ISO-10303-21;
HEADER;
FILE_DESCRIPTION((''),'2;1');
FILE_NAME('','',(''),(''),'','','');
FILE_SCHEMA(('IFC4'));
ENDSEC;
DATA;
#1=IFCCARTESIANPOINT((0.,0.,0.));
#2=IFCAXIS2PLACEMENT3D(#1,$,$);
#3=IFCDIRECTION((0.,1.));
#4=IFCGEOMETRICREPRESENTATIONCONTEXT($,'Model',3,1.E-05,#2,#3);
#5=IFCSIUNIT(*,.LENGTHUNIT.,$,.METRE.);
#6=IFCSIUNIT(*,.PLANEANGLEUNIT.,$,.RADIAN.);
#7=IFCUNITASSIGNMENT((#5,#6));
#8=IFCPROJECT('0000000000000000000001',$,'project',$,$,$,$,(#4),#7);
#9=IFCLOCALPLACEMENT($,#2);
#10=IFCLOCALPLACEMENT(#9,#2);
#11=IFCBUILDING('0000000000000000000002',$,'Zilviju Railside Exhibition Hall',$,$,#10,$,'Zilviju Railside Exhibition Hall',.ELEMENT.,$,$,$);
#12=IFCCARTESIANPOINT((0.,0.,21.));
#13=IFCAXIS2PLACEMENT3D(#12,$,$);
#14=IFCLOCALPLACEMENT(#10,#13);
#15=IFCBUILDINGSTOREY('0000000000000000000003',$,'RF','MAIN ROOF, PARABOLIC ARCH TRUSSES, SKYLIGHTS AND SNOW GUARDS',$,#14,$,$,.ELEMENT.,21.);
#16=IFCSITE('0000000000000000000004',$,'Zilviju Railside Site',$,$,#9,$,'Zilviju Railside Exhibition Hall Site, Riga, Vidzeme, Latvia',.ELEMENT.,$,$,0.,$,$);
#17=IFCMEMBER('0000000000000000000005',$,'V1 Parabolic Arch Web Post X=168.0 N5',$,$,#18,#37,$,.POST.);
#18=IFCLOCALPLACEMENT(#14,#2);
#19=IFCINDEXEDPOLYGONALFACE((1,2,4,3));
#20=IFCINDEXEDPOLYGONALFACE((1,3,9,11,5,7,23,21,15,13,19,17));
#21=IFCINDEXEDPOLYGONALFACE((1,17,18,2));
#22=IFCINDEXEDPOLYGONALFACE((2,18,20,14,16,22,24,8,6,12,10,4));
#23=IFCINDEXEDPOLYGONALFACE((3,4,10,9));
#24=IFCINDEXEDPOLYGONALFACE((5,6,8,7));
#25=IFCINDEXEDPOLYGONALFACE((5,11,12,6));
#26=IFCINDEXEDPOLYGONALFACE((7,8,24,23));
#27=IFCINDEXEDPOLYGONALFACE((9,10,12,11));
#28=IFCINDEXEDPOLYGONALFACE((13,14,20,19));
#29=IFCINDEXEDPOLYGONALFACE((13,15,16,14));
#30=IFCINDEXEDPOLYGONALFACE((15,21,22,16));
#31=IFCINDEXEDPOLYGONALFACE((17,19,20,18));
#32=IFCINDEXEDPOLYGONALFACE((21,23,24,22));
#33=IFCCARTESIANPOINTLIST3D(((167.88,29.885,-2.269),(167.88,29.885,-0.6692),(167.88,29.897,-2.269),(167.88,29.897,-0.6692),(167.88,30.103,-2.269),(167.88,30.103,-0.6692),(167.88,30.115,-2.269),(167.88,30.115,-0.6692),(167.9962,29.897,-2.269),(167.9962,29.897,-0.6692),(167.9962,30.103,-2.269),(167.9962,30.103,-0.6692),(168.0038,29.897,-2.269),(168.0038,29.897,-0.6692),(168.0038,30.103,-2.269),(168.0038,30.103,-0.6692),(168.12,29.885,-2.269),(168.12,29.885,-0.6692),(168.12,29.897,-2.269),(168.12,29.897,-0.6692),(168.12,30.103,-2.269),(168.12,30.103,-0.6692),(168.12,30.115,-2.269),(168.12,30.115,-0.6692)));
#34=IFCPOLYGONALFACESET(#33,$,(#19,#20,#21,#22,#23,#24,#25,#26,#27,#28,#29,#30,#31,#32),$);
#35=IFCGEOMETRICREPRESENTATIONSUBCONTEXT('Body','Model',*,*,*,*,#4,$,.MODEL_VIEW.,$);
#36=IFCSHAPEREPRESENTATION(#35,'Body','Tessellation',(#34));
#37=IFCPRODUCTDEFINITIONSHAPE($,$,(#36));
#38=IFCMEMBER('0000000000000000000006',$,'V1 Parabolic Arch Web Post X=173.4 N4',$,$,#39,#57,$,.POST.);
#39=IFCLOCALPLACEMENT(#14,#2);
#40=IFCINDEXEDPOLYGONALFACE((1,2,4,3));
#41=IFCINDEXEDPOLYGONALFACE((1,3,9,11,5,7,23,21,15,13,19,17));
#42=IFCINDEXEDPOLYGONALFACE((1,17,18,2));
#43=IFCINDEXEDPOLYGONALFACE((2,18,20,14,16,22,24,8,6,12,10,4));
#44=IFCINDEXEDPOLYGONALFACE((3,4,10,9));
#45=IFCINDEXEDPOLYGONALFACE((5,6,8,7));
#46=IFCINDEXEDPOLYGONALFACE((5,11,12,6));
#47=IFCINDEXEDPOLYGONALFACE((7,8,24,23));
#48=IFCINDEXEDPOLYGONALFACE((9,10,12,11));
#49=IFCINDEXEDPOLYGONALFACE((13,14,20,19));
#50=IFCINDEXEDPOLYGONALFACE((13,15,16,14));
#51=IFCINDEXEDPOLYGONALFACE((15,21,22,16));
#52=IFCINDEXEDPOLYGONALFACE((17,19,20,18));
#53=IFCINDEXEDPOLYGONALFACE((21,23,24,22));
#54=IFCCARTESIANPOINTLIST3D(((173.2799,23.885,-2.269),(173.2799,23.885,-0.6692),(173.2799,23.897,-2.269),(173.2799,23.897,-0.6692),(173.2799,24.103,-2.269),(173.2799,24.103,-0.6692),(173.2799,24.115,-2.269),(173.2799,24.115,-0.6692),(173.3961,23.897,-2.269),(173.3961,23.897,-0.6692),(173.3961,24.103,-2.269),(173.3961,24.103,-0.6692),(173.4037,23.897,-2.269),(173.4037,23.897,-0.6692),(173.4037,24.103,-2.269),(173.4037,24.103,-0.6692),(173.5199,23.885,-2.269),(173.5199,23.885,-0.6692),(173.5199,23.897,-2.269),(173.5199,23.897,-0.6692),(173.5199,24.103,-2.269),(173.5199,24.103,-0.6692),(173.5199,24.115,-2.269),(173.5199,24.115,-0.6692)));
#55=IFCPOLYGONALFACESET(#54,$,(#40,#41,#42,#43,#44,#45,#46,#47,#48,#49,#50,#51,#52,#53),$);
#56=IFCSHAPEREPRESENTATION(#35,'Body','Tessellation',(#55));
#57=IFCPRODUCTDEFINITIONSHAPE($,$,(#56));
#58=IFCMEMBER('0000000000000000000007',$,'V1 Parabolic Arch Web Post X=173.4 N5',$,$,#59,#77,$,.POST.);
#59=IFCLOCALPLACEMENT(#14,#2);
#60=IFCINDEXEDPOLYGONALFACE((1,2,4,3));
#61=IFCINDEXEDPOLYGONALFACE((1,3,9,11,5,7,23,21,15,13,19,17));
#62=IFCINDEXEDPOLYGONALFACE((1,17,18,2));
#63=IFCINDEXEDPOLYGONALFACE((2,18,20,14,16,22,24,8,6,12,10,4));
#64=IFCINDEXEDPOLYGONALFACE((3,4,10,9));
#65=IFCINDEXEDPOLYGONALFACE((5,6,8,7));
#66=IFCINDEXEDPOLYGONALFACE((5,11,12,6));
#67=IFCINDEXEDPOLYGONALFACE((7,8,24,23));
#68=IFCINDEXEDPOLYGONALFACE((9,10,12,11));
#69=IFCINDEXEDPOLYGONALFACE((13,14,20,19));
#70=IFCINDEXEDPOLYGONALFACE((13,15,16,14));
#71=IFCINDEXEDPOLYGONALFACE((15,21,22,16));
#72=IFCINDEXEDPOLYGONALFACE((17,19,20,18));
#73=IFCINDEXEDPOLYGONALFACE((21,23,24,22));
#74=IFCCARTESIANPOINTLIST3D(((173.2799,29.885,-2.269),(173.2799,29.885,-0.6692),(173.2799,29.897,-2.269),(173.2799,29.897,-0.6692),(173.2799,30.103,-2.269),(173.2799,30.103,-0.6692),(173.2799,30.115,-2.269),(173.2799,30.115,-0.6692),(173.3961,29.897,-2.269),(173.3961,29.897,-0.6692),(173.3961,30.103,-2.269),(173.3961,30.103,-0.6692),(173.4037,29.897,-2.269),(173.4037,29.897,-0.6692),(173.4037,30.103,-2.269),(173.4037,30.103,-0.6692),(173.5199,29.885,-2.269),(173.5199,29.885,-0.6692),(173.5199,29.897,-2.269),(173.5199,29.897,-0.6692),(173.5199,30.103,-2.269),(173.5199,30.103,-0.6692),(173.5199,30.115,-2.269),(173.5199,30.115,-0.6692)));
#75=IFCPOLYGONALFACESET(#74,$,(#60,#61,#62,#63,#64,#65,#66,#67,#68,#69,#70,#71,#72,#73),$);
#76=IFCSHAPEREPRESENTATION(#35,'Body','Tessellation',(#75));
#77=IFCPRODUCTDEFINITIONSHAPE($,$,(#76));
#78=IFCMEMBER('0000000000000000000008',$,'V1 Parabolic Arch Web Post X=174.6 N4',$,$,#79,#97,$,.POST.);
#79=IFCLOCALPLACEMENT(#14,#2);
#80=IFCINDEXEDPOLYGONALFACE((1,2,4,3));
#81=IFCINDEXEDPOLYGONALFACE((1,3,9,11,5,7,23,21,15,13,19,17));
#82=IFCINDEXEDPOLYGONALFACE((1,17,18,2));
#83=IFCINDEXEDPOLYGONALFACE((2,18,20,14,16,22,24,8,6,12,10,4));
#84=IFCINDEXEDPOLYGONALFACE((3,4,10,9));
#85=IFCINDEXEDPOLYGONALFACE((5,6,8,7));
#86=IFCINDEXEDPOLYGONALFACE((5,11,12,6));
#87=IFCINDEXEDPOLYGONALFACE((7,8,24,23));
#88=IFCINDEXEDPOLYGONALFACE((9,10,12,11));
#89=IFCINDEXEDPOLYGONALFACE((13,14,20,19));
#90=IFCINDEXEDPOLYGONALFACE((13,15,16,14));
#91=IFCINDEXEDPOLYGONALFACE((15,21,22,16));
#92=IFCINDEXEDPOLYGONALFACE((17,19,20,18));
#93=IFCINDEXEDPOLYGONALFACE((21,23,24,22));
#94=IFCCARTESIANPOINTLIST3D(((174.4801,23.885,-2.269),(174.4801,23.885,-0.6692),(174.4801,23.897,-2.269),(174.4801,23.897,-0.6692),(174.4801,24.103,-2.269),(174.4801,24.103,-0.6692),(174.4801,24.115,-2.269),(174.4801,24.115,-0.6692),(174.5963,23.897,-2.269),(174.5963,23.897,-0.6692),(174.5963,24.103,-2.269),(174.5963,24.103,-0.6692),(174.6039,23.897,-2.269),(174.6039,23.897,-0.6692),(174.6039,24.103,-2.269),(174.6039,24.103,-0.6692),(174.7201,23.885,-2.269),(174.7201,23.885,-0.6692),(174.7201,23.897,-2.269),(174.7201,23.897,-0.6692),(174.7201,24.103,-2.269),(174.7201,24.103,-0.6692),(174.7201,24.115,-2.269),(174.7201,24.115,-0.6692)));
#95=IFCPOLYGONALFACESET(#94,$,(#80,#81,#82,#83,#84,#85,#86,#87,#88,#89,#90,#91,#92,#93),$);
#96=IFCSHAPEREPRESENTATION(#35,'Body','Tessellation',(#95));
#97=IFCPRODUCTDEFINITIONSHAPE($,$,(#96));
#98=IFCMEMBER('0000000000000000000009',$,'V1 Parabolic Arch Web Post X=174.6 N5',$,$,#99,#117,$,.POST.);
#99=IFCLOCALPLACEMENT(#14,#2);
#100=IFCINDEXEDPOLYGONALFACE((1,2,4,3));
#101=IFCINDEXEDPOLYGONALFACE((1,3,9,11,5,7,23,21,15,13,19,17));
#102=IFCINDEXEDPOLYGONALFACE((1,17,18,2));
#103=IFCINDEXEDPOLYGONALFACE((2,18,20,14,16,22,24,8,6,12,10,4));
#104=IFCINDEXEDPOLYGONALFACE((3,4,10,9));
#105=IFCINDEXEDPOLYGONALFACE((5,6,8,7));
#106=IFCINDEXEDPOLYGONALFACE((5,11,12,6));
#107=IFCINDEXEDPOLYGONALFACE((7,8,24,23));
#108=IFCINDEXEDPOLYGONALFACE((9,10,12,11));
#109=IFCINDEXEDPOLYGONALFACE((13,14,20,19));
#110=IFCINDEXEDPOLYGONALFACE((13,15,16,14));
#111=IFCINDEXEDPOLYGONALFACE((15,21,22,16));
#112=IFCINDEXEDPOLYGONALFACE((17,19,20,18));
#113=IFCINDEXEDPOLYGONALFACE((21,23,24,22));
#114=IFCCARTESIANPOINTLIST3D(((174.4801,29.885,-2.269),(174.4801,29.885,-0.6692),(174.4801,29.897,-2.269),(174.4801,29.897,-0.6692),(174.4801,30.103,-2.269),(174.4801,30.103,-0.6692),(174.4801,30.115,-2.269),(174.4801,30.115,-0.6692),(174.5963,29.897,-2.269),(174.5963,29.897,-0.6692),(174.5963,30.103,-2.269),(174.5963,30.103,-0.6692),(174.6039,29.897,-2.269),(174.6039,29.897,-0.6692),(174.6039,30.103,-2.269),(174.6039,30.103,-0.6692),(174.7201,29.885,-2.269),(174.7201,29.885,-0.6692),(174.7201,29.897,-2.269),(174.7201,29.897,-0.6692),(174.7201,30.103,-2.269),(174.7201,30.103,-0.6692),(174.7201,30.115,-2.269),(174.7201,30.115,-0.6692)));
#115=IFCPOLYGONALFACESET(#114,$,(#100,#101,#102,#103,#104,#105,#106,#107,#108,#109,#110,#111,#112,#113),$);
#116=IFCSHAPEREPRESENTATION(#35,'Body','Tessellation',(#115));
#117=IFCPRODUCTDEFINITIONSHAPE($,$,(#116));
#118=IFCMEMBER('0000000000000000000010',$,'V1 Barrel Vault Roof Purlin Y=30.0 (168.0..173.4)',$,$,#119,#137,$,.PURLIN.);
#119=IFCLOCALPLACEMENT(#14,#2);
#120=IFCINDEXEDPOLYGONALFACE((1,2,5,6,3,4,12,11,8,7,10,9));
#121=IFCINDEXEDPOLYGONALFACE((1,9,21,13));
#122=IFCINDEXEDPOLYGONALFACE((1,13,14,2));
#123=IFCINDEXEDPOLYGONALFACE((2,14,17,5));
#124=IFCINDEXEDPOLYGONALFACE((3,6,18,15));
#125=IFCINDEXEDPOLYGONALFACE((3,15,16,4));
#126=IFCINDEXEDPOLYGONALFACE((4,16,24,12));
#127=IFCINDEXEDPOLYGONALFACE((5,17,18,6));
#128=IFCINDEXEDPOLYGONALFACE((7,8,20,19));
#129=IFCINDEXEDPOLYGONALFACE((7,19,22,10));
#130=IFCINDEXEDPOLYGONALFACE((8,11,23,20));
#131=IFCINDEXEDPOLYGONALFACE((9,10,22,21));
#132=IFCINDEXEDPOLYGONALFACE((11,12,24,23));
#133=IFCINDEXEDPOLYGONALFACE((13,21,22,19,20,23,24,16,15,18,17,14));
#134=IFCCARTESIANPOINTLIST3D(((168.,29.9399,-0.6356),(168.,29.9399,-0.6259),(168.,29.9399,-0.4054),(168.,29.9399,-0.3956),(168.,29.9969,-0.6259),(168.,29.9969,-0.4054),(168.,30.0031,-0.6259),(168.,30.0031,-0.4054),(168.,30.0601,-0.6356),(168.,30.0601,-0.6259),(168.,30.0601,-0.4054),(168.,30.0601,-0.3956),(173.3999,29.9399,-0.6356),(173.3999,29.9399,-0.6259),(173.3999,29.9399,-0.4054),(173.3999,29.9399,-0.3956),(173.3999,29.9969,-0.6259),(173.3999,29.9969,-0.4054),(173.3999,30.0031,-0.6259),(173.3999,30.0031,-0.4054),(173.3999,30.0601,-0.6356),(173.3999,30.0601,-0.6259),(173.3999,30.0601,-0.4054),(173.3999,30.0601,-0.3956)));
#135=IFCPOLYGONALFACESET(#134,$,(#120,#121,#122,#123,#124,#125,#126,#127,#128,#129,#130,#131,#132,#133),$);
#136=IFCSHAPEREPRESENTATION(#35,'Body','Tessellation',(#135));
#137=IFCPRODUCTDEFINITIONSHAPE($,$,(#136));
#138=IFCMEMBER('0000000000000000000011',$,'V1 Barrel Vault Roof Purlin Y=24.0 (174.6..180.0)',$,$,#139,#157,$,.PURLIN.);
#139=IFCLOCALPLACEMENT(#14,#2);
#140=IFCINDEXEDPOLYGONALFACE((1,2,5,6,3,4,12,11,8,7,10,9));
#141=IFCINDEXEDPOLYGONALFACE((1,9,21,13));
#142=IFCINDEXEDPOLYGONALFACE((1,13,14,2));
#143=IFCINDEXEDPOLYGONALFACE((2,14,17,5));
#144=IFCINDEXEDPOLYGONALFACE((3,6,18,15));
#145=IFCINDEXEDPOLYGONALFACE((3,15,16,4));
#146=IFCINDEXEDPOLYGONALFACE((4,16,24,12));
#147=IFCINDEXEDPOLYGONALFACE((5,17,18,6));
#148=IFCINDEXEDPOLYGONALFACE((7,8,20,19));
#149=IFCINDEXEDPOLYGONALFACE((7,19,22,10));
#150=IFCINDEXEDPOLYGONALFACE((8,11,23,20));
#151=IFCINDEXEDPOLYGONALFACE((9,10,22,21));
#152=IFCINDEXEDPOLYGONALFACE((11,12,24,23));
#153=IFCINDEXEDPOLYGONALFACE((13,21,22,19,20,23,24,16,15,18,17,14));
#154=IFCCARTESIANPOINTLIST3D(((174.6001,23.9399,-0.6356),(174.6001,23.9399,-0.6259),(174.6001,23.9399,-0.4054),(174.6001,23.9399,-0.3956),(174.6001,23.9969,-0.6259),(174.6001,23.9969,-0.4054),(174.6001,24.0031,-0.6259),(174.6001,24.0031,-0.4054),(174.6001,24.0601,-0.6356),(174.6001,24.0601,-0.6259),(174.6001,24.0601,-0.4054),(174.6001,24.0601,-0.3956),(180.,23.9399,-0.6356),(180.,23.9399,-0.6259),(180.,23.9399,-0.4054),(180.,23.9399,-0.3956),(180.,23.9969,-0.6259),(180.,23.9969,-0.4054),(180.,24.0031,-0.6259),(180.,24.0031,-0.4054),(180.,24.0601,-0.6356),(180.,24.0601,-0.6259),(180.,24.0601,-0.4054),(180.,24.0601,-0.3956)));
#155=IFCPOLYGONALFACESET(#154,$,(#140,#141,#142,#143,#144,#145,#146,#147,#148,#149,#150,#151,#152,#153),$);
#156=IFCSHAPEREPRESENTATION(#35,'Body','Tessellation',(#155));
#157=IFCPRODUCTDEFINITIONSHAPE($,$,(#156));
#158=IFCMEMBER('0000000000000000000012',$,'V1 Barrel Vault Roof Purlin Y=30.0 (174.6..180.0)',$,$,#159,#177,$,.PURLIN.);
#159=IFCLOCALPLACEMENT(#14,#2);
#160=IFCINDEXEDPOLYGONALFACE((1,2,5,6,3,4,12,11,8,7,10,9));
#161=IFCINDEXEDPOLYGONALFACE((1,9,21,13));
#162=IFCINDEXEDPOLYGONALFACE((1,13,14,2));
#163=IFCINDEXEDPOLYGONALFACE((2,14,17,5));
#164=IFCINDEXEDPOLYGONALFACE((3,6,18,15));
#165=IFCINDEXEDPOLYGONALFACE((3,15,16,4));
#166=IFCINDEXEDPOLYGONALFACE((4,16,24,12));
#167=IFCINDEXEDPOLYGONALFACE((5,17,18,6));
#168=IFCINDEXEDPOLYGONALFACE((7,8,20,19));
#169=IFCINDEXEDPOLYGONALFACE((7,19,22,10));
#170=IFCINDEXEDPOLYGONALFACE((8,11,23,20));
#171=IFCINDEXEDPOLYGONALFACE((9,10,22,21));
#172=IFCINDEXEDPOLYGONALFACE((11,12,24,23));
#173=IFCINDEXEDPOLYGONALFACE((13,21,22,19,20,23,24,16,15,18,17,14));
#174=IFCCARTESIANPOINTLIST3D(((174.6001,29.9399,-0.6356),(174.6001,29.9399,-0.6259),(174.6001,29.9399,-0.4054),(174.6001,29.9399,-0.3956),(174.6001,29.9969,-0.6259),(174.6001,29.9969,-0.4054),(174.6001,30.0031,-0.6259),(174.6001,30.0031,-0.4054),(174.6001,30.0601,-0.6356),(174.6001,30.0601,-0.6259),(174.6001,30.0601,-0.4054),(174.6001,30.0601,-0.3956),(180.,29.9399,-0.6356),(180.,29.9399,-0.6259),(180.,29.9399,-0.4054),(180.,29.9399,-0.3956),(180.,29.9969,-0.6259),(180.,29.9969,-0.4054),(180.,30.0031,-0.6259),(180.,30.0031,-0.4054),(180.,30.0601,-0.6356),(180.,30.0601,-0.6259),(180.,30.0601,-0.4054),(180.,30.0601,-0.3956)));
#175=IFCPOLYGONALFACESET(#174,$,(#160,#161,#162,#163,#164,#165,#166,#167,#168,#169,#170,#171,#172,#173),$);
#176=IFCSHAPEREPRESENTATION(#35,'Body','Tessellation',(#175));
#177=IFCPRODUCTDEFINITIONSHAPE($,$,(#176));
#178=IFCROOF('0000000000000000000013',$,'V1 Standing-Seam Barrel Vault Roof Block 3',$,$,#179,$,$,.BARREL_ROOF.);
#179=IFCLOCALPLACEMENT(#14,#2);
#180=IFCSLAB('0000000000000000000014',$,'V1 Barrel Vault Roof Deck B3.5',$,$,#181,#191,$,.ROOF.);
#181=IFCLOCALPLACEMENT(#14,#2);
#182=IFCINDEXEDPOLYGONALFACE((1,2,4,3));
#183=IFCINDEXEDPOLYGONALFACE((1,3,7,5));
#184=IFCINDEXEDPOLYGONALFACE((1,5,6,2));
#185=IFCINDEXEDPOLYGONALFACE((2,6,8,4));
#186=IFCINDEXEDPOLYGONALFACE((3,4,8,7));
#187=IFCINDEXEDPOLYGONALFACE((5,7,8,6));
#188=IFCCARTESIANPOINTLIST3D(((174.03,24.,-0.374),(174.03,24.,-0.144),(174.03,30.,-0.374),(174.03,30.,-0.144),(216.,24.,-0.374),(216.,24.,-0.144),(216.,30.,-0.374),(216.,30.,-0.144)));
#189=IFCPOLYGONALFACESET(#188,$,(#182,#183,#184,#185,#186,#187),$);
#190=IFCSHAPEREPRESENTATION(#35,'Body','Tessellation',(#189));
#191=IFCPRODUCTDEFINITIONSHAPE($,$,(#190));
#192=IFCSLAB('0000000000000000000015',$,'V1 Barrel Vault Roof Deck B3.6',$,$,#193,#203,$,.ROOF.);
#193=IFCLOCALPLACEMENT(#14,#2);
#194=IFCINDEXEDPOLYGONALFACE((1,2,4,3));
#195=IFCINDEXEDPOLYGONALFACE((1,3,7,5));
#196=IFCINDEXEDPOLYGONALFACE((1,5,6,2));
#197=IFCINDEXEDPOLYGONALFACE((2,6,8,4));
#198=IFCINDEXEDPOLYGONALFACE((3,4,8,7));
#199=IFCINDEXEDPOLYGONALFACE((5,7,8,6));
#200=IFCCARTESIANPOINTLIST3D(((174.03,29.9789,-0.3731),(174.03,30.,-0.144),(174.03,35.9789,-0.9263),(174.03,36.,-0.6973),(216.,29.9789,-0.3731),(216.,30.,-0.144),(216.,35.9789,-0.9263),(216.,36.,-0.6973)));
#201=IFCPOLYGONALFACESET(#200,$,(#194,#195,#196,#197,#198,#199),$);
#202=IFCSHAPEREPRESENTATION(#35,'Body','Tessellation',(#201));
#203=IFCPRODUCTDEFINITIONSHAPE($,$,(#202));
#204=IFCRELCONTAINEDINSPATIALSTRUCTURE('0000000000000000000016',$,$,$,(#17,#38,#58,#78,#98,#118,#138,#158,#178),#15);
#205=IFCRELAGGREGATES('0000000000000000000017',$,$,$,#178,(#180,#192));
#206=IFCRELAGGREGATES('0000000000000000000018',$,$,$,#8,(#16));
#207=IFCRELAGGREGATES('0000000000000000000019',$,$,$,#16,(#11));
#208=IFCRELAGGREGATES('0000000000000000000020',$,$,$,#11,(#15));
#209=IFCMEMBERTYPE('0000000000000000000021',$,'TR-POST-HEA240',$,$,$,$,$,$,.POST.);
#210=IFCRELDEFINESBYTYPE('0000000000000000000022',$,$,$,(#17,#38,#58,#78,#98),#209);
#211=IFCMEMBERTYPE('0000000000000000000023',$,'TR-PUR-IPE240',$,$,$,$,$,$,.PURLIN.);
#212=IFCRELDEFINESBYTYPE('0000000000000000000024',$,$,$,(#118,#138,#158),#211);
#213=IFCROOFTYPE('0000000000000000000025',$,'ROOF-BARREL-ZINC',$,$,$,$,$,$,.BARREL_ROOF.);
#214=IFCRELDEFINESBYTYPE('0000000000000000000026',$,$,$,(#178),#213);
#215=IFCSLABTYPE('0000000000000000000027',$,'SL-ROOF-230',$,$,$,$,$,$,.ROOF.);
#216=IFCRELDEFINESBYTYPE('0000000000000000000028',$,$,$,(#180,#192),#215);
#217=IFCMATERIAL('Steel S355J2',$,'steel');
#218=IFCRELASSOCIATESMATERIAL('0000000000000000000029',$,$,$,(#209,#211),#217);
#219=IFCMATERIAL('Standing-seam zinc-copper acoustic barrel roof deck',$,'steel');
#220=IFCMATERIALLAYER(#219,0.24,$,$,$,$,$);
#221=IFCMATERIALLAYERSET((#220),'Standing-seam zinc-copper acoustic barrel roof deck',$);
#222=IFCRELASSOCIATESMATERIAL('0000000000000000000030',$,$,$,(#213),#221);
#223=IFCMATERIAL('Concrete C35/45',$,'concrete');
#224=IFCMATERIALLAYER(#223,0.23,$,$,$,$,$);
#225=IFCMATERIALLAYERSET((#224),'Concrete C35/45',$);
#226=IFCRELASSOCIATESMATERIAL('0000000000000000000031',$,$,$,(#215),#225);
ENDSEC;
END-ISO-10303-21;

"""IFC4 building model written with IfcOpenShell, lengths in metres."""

from ifc_helpers import new_model, si_unit, direction, frame, origin, origin_2d, place, context, subcontext, project, spatial, polyline, i_section, outline, extrude, material, layer, layer_set, material_profile, profile_set, type_object, element, aggregate, save


model = new_model("IFC4")

# Units and contexts
model_context = context("Model", 3, precision=1e-05, world=origin(), true_north=direction((0.0, 1.0)))
body_context = subcontext(model_context, "Body", "Model", "MODEL_VIEW")
ifc_project = project(units=[si_unit("LENGTHUNIT", "METRE"), si_unit("PLANEANGLEUNIT", "RADIAN")], contexts=[model_context])

# Site, building, storey
site_placement = place(None, origin())
site = spatial("IfcSite", under=ifc_project, at=site_placement, Name="Zilviju Railside Site", LongName="Zilviju Railside Exhibition Hall Site, Riga, Vidzeme, Latvia", CompositionType="ELEMENT", RefElevation=0.0)
building_placement = place(site_placement, origin())
building = spatial("IfcBuilding", under=site, at=building_placement, Name="Zilviju Railside Exhibition Hall", LongName="Zilviju Railside Exhibition Hall", CompositionType="ELEMENT")
storey_placement = place(building_placement, frame((0.0, 0.0, 21.0)))
storey = spatial("IfcBuildingStorey", under=building, at=storey_placement, Name="RF", Description="MAIN ROOF, PARABOLIC ARCH TRUSSES, SKYLIGHTS AND SNOW GUARDS", CompositionType="ELEMENT", Elevation=21.0)

# Members
ifc_material_1 = material(Name="Steel S355J2", Category="steel")
ifc_material_profile_1 = material_profile(ifc_material_1, i_section(OverallWidth=0.24, OverallDepth=0.23, WebThickness=0.0076, FlangeThickness=0.012, at=origin_2d()), Name="HEA 240")
ifc_profile_set_1 = profile_set([ifc_material_profile_1], Name="Steel S355J2")
member_type_1 = type_object("IfcMemberType", Name="TR-POST-HEA240", PredefinedType="POST", material=ifc_profile_set_1)
for number, where, z_axis, x_axis, name in (
    (1, (168.0, 30.0, -2.269), (0.0, 0.0, 1.0), (1.0, 0.0, 0.0), "V1 Parabolic Arch Web Post X=168.0 N5"),
    (2, (173.3999, 24.0, -2.269), (0.0, 0.0, 1.0), (1.0, 0.0, 0.0), "V1 Parabolic Arch Web Post X=173.4 N4"),
    (3, (173.3999, 30.0, -2.269), (0.0, 0.0, 1.0), (1.0, 0.0, 0.0), "V1 Parabolic Arch Web Post X=173.4 N5"),
    (4, (174.6001, 24.0, -2.269), (0.0, 0.0, 1.0), (1.0, 0.0, 0.0), "V1 Parabolic Arch Web Post X=174.6 N4"),
    (5, (174.6001, 30.0, -2.269), (0.0, 0.0, 1.0), (1.0, 0.0, 0.0), "V1 Parabolic Arch Web Post X=174.6 N5"),
):
    element("IfcMember", number, at=place(storey_placement, frame(where, z_axis=z_axis, x_axis=x_axis)), inside=storey, type_object=member_type_1, Name=name, PredefinedType="POST", context=body_context, shape_type="SweptSolid", body=[
        extrude(i_section(OverallWidth=0.24, OverallDepth=0.23, WebThickness=0.0076, FlangeThickness=0.012, at=origin_2d()), origin(), (0.0, 0.0, 1.0), 1.5999),
    ])
ifc_material_profile_2 = material_profile(ifc_material_1, i_section(OverallWidth=0.1201, OverallDepth=0.24, WebThickness=0.0061, FlangeThickness=0.0098, at=origin_2d()), Name="IPE 240")
ifc_profile_set_2 = profile_set([ifc_material_profile_2], Name="Steel S355J2")
member_type_2 = type_object("IfcMemberType", Name="TR-PUR-IPE240", PredefinedType="PURLIN", material=ifc_profile_set_2)
for number, where, z_axis, x_axis, name in (
    (6, (168.0, 30.0, -0.5156), (1.0, 0.0, 0.0), (0.0, 1.0, 0.0), "V1 Barrel Vault Roof Purlin Y=30.0 (168.0..173.4)"),
    (7, (174.6001, 24.0, -0.5156), (1.0, 0.0, 0.0), (0.0, 1.0, 0.0), "V1 Barrel Vault Roof Purlin Y=24.0 (174.6..180.0)"),
    (8, (174.6001, 30.0, -0.5156), (1.0, 0.0, 0.0), (0.0, 1.0, 0.0), "V1 Barrel Vault Roof Purlin Y=30.0 (174.6..180.0)"),
):
    element("IfcMember", number, at=place(storey_placement, frame(where, z_axis=z_axis, x_axis=x_axis)), inside=storey, type_object=member_type_2, Name=name, PredefinedType="PURLIN", context=body_context, shape_type="SweptSolid", body=[
        extrude(i_section(OverallWidth=0.1201, OverallDepth=0.24, WebThickness=0.0061, FlangeThickness=0.0098, at=origin_2d()), origin(), (0.0, 0.0, 1.0), 5.3999),
    ])

# Roof, slabs
ifc_material_2 = material(Name="Standing-seam zinc-copper acoustic barrel roof deck", Category="steel")
ifc_layer_1 = layer(ifc_material_2, 0.24)
ifc_layer_set_1 = layer_set([ifc_layer_1], Name="Standing-seam zinc-copper acoustic barrel roof deck")
roof_type = type_object("IfcRoofType", Name="ROOF-BARREL-ZINC", PredefinedType="BARREL_ROOF", material=ifc_layer_set_1)
roof_placement = place(storey_placement, origin())
roof = element("IfcRoof", 9, at=roof_placement, inside=storey, type_object=roof_type, Name="V1 Standing-Seam Barrel Vault Roof Block 3", PredefinedType="BARREL_ROOF")
ifc_material_3 = material(Name="Concrete C35/45", Category="concrete")
ifc_layer_2 = layer(ifc_material_3, 0.23)
ifc_layer_set_2 = layer_set([ifc_layer_2], Name="Concrete C35/45")
slab_type = type_object("IfcSlabType", Name="SL-ROOF-230", PredefinedType="ROOF", material=ifc_layer_set_2)
slab_1_placement = place(storey_placement, frame((174.03, 24.0, -0.144), z_axis=(0.0, 0.0, 1.0), x_axis=(1.0, 0.0, 0.0)))
slab_1 = element("IfcSlab", 10, at=slab_1_placement, type_object=slab_type, Name="V1 Barrel Vault Roof Deck B3.5", PredefinedType="ROOF", context=body_context, shape_type="SweptSolid", body=[
    extrude(outline(polyline([(0.0, 0.0), (41.97, 0.0), (41.97, 6.0), (0.0, 6.0), (0.0, 0.0)])), origin(), (0.0, 0.0, -1.0), 0.23),
])
slab_2_placement = place(storey_placement, frame((174.03, 30.0, -0.144), z_axis=(0.0, 0.091814, 0.995776), x_axis=(1.0, 0.0, 0.0)))
slab_2 = element("IfcSlab", 11, at=slab_2_placement, type_object=slab_type, Name="V1 Barrel Vault Roof Deck B3.6", PredefinedType="ROOF", context=body_context, shape_type="SweptSolid", body=[
    extrude(outline(polyline([(0.0, 0.0), (41.97, 0.0), (41.97, 6.0255), (0.0, 6.0255), (0.0, 0.0)])), origin(), (0.0, 0.0, -1.0), 0.23),
])
aggregate(roof, [slab_1, slab_2])

save(model, "model.ifc")
